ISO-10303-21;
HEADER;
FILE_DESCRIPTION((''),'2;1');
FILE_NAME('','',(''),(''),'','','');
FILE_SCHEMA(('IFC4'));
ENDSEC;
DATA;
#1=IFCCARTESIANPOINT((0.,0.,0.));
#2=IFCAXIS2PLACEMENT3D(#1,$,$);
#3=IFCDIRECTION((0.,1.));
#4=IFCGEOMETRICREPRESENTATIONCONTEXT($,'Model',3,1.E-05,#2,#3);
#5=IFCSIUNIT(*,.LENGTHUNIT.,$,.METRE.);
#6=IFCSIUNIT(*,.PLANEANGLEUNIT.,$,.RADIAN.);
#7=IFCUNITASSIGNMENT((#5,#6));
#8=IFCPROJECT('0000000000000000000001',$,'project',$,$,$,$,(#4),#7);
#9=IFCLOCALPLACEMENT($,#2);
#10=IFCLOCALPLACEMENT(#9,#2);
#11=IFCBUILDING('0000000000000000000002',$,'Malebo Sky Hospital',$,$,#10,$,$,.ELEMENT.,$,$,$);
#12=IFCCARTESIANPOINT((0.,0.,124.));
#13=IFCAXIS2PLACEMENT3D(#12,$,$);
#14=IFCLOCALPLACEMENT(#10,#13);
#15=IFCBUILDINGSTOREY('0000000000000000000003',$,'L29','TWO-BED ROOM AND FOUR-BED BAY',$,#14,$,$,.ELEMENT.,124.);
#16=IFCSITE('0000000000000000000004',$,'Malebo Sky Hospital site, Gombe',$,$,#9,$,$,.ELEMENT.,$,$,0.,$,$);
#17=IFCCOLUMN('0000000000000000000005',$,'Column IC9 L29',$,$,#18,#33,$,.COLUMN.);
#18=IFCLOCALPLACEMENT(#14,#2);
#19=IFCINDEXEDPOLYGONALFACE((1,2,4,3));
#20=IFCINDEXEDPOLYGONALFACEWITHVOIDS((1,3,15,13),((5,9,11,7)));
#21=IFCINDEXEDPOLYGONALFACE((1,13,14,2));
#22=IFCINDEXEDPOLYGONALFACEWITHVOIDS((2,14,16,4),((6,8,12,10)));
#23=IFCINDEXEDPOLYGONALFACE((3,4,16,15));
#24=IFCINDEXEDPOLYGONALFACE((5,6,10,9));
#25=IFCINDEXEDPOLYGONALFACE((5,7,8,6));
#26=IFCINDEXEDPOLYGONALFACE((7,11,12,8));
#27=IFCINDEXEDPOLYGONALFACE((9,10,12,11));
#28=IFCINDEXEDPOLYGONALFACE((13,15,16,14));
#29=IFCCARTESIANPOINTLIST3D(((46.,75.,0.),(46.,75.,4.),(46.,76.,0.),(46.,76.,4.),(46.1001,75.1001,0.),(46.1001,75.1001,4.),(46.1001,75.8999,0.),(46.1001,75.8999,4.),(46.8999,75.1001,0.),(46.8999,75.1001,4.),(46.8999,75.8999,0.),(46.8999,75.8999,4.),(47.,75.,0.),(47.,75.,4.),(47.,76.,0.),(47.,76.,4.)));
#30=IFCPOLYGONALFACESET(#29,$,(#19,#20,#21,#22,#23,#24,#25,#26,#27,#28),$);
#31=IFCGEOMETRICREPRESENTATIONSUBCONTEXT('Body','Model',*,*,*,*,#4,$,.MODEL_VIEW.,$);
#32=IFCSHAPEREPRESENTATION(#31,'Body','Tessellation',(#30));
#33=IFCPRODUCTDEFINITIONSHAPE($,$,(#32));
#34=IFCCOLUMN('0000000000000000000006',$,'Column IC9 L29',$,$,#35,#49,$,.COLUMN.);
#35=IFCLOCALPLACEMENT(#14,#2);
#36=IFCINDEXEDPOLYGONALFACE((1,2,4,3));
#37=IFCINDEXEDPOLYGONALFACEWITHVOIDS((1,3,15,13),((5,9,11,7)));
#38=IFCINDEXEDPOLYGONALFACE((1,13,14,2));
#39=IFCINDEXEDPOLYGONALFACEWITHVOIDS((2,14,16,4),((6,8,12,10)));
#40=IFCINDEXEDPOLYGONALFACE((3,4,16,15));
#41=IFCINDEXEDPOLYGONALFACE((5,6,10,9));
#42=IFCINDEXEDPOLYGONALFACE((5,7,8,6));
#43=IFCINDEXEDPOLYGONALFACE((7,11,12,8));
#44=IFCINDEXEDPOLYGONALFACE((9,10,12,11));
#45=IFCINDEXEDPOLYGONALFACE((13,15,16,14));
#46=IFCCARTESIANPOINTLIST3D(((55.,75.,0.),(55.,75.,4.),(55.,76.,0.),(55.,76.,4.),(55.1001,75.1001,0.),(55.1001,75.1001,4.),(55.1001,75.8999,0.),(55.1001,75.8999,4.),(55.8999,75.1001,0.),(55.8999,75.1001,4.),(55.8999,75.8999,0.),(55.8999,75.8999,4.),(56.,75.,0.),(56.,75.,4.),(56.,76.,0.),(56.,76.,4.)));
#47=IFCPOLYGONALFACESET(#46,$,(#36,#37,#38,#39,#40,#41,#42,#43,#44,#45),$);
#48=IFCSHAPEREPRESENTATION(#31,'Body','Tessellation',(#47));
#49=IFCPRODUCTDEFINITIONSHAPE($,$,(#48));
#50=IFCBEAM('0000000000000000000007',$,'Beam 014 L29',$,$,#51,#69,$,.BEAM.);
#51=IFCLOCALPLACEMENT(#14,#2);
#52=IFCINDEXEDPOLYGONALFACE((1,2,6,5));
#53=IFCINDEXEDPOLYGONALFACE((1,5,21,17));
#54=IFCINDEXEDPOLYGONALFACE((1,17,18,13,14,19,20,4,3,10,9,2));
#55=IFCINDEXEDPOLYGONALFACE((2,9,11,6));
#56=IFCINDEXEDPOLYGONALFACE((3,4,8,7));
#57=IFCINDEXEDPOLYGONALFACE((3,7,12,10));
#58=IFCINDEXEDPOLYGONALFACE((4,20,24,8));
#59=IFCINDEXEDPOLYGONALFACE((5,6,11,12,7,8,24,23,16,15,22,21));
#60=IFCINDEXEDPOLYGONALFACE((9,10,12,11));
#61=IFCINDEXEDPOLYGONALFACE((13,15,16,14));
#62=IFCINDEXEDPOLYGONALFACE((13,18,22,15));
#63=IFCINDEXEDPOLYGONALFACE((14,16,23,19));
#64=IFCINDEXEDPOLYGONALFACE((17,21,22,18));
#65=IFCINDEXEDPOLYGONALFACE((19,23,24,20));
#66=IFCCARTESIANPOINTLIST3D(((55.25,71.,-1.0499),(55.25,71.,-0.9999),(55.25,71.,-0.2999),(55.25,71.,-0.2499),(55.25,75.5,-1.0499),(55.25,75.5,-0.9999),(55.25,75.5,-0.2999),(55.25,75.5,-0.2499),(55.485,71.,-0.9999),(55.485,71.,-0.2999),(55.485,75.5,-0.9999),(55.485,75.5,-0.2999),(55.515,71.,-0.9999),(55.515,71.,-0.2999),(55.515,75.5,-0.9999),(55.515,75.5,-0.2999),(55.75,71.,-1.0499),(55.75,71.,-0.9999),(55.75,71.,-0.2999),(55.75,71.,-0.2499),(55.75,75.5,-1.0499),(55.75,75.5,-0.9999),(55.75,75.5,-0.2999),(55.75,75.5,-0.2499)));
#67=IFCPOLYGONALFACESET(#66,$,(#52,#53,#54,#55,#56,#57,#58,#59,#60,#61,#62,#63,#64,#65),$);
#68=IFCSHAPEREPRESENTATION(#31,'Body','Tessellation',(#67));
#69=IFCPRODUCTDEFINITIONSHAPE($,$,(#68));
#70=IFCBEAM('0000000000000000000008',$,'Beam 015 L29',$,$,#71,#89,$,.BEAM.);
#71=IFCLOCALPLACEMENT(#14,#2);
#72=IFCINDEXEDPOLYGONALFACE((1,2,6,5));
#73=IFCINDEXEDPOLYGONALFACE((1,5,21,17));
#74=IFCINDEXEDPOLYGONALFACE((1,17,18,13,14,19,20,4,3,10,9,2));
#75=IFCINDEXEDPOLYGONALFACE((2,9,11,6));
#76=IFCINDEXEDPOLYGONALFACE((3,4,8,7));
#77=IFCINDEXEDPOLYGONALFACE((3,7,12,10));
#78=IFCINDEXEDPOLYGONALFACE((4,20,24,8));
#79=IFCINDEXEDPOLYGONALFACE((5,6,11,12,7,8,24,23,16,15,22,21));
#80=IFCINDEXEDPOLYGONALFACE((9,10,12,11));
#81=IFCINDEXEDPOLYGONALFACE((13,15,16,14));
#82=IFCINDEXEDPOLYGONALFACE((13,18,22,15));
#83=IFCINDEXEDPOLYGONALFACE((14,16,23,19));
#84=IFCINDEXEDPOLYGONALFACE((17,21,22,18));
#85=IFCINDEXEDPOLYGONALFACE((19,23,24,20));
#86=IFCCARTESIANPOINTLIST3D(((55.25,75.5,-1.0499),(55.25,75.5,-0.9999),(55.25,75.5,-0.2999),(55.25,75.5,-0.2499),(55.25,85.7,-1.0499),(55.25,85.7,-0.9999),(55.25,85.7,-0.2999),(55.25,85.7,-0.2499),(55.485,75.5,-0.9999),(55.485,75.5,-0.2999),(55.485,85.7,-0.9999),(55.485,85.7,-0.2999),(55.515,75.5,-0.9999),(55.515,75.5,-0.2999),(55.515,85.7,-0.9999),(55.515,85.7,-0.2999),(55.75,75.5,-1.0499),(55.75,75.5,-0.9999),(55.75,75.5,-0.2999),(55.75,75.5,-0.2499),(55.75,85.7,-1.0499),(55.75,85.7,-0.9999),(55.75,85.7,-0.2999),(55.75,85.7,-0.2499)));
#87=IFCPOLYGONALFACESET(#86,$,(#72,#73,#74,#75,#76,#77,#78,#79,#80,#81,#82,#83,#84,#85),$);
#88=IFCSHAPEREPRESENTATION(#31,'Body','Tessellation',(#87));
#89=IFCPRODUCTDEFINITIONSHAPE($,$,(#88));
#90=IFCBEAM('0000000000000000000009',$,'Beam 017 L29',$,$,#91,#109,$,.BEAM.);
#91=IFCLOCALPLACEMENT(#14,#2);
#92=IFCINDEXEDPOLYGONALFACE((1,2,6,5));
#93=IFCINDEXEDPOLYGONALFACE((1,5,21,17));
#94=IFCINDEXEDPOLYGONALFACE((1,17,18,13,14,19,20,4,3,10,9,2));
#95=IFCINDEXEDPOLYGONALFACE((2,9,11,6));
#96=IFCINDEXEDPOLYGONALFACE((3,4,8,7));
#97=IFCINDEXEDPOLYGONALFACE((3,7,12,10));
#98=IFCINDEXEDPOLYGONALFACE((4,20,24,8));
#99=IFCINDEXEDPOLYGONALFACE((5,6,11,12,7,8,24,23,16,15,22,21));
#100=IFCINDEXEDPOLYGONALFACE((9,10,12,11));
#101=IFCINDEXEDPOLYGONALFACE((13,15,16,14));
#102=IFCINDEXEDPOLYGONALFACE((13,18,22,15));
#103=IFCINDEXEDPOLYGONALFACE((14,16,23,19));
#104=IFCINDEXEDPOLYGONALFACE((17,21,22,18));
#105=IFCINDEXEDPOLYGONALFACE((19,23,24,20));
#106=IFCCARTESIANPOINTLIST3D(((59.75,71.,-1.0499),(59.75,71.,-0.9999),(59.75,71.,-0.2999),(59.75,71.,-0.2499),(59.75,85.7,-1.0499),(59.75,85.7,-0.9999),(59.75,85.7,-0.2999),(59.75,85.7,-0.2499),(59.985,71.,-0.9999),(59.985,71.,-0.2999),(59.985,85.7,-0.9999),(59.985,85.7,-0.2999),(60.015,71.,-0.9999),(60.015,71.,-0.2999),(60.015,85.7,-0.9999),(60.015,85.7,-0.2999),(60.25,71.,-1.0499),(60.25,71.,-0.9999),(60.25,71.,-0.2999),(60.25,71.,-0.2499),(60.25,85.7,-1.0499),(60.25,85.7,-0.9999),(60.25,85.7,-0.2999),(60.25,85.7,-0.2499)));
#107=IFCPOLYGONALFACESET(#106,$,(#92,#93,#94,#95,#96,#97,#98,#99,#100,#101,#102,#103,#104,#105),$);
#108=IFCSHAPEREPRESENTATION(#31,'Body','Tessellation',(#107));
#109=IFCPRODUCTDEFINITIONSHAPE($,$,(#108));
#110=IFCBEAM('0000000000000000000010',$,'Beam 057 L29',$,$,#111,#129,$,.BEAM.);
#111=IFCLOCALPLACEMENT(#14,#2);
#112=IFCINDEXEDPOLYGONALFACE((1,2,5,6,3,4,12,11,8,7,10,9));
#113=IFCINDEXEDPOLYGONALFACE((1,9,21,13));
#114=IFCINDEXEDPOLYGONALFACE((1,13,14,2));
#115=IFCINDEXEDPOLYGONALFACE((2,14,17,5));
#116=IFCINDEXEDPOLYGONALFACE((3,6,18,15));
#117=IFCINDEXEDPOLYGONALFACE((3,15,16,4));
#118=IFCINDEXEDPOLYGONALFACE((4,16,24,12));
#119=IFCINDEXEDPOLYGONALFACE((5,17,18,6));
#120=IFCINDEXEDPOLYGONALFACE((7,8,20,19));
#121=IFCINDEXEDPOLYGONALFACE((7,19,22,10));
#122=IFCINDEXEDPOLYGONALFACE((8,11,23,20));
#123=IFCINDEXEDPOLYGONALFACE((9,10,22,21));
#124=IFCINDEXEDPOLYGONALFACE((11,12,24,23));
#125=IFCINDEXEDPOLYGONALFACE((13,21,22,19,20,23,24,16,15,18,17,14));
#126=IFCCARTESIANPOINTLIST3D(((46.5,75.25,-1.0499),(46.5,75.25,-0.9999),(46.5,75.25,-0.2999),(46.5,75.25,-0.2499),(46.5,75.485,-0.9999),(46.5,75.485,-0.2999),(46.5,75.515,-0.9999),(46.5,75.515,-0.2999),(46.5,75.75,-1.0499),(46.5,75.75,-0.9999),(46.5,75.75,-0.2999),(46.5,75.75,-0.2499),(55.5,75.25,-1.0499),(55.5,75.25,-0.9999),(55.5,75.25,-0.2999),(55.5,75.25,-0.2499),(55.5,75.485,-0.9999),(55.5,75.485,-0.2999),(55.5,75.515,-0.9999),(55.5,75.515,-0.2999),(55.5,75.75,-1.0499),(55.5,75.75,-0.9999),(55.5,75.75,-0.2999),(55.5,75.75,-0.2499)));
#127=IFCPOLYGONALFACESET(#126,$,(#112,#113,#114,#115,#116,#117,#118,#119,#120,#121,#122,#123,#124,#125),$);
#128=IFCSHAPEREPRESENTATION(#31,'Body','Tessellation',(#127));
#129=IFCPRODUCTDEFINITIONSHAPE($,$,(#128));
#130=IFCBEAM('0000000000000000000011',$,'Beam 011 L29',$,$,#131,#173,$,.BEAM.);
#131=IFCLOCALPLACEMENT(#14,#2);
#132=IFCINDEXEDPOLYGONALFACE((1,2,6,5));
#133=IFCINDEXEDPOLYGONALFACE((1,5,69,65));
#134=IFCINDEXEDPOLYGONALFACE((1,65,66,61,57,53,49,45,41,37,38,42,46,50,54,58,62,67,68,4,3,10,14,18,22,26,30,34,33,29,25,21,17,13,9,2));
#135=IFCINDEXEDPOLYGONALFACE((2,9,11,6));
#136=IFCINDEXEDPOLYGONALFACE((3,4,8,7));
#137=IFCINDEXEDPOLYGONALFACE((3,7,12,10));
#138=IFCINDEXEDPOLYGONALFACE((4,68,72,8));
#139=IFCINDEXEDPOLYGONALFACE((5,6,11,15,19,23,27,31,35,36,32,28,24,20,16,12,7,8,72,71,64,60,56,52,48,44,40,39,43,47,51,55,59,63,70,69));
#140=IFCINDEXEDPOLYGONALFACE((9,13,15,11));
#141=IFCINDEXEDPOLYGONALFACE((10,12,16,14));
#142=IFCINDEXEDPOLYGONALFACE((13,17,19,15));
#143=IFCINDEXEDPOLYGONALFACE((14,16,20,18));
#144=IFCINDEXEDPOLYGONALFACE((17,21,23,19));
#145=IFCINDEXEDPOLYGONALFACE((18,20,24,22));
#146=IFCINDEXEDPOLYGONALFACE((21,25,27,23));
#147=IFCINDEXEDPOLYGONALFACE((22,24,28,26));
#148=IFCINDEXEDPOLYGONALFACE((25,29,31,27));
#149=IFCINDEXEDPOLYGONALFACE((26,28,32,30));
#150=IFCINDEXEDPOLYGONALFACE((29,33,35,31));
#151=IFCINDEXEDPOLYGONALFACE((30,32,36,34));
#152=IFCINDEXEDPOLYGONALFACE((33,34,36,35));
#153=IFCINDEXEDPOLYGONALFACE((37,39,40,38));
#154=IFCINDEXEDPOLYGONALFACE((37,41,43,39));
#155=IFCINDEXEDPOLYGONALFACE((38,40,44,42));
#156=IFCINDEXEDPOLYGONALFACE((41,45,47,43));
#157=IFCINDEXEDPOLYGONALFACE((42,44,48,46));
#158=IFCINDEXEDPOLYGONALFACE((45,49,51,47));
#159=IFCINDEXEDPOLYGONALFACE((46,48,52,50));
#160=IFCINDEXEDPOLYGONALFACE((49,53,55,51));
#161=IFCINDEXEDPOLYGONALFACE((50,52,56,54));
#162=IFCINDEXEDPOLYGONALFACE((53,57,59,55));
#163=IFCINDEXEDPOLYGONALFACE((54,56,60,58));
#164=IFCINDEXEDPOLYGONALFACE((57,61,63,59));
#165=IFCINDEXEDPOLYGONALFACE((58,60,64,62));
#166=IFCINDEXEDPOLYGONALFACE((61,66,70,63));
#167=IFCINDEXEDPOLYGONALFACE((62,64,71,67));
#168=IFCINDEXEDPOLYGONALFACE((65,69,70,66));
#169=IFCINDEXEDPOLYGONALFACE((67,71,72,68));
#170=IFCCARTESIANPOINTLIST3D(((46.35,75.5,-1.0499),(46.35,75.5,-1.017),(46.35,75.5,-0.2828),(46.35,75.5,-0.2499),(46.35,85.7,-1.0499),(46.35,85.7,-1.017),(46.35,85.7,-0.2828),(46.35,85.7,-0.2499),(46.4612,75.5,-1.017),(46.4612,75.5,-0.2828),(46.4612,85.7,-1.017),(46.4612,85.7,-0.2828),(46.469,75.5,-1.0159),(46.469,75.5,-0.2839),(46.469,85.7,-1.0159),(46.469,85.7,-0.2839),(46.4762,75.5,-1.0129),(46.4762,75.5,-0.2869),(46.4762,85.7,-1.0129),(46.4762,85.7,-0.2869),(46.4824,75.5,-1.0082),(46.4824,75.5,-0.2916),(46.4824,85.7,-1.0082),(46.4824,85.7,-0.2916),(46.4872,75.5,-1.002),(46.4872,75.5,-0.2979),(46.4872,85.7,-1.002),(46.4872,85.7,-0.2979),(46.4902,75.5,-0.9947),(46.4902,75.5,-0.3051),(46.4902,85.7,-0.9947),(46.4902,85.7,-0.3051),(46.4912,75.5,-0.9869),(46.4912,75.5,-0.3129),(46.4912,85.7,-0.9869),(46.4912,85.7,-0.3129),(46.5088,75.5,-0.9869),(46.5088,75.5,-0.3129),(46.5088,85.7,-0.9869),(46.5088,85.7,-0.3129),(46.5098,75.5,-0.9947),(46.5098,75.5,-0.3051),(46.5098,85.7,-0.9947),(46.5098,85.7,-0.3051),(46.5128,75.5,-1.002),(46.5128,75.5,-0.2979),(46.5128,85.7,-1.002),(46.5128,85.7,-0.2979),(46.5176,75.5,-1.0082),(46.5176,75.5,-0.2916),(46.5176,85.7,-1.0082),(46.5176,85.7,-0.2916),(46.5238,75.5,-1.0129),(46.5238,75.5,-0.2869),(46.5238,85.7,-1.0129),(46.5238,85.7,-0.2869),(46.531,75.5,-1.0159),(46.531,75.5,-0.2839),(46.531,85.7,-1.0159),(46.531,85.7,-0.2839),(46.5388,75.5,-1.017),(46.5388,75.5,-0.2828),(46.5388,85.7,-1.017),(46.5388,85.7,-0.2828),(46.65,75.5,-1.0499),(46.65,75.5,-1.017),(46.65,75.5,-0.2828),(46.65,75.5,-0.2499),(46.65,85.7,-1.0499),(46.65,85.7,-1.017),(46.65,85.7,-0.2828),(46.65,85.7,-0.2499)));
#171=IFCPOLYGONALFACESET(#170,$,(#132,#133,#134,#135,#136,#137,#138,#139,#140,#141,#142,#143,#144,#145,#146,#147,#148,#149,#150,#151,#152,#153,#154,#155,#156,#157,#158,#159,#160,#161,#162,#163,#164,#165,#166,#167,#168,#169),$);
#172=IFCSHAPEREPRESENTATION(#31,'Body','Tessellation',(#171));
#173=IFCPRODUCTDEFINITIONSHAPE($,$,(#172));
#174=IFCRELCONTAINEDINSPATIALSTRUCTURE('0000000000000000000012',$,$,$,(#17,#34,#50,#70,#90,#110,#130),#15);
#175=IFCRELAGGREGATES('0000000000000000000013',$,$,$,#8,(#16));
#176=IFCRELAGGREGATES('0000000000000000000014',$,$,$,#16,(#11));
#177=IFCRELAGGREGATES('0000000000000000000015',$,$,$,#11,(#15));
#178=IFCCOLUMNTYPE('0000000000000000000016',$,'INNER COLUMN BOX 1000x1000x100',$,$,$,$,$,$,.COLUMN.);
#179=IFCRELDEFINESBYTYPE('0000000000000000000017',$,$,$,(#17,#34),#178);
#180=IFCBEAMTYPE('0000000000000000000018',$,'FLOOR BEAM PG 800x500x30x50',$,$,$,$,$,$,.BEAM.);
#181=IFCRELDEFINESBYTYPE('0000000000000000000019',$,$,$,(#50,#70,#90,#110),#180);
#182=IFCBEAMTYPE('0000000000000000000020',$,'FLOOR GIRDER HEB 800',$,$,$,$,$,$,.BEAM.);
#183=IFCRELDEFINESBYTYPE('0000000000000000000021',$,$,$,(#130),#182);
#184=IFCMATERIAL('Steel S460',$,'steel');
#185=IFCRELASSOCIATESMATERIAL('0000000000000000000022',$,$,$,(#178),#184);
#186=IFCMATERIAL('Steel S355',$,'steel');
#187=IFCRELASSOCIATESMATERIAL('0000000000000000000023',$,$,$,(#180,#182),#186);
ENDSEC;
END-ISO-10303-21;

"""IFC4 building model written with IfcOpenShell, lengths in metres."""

from ifc_helpers import new_model, si_unit, direction, frame, origin, origin_2d, place, context, subcontext, project, spatial, hollow_rectangle, i_section, extrude, material, material_profile, profile_set, type_object, element, save


model = new_model("IFC4")

# Units and contexts
model_context = context("Model", 3, precision=1e-05, world=origin(), true_north=direction((0.0, 1.0)))
body_context = subcontext(model_context, "Body", "Model", "MODEL_VIEW")
ifc_project = project(units=[si_unit("LENGTHUNIT", "METRE"), si_unit("PLANEANGLEUNIT", "RADIAN")], contexts=[model_context])

# Site, building, storey
site_placement = place(None, origin())
site = spatial("IfcSite", under=ifc_project, at=site_placement, Name="Malebo Sky Hospital site, Gombe", CompositionType="ELEMENT", RefElevation=0.0)
building_placement = place(site_placement, origin())
building = spatial("IfcBuilding", under=site, at=building_placement, Name="Malebo Sky Hospital", CompositionType="ELEMENT")
storey_placement = place(building_placement, frame((0.0, 0.0, 124.0)))
storey = spatial("IfcBuildingStorey", under=building, at=storey_placement, Name="L29", Description="TWO-BED ROOM AND FOUR-BED BAY", CompositionType="ELEMENT", Elevation=124.0)

# Columns
ifc_material_1 = material(Name="Steel S460", Category="steel")
ifc_material_profile_1 = material_profile(ifc_material_1, hollow_rectangle(XDim=1.0, YDim=1.0, WallThickness=0.1001, at=origin_2d()), Name="BOX 1000x1000x100")
ifc_profile_set_1 = profile_set([ifc_material_profile_1], Name="Steel S460")
column_type = type_object("IfcColumnType", Name="INNER COLUMN BOX 1000x1000x100", PredefinedType="COLUMN", material=ifc_profile_set_1)
for number, where, z_axis, x_axis, name in (
    (1, (46.5, 75.5, 0.0), (0.0, 0.0, 1.0), (1.0, 0.0, 0.0), "Column IC9 L29"),
    (2, (55.5, 75.5, 0.0), (0.0, 0.0, 1.0), (1.0, 0.0, 0.0), "Column IC9 L29"),
):
    element("IfcColumn", number, at=place(storey_placement, frame(where, z_axis=z_axis, x_axis=x_axis)), inside=storey, type_object=column_type, Name=name, PredefinedType="COLUMN", context=body_context, shape_type="SweptSolid", body=[
        extrude(hollow_rectangle(XDim=1.0, YDim=1.0, WallThickness=0.1001, at=origin_2d()), origin(), (0.0, 0.0, 1.0), 4.0),
    ])

# Beams
ifc_material_2 = material(Name="Steel S355", Category="steel")
ifc_material_profile_2 = material_profile(ifc_material_2, i_section(OverallWidth=0.5, OverallDepth=0.8, WebThickness=0.03, FlangeThickness=0.05, at=origin_2d()), Name="PG 800x500x30x50")
ifc_profile_set_2 = profile_set([ifc_material_profile_2], Name="Steel S355")
beam_type_1 = type_object("IfcBeamType", Name="FLOOR BEAM PG 800x500x30x50", PredefinedType="BEAM", material=ifc_profile_set_2)
beam_1_placement = place(storey_placement, frame((55.5, 71.0, -0.6499), z_axis=(0.0, 1.0, 0.0), x_axis=(-1.0, 0.0, 0.0)))
element("IfcBeam", 3, at=beam_1_placement, inside=storey, type_object=beam_type_1, Name="Beam 014 L29", PredefinedType="BEAM", context=body_context, shape_type="SweptSolid", body=[
    extrude(i_section(OverallWidth=0.5, OverallDepth=0.8, WebThickness=0.03, FlangeThickness=0.05, at=origin_2d()), origin(), (0.0, 0.0, 1.0), 4.5),
])
beam_2_placement = place(storey_placement, frame((55.5, 75.5, -0.6499), z_axis=(0.0, 1.0, 0.0), x_axis=(-1.0, 0.0, 0.0)))
element("IfcBeam", 4, at=beam_2_placement, inside=storey, type_object=beam_type_1, Name="Beam 015 L29", PredefinedType="BEAM", context=body_context, shape_type="SweptSolid", body=[
    extrude(i_section(OverallWidth=0.5, OverallDepth=0.8, WebThickness=0.03, FlangeThickness=0.05, at=origin_2d()), origin(), (0.0, 0.0, 1.0), 10.2),
])
beam_3_placement = place(storey_placement, frame((60.0, 71.0, -0.6499), z_axis=(0.0, 1.0, 0.0), x_axis=(-1.0, 0.0, 0.0)))
element("IfcBeam", 5, at=beam_3_placement, inside=storey, type_object=beam_type_1, Name="Beam 017 L29", PredefinedType="BEAM", context=body_context, shape_type="SweptSolid", body=[
    extrude(i_section(OverallWidth=0.5, OverallDepth=0.8, WebThickness=0.03, FlangeThickness=0.05, at=origin_2d()), origin(), (0.0, 0.0, 1.0), 14.7),
])
beam_4_placement = place(storey_placement, frame((46.5, 75.5, -0.6499), z_axis=(1.0, 0.0, 0.0), x_axis=(0.0, 1.0, 0.0)))
element("IfcBeam", 6, at=beam_4_placement, inside=storey, type_object=beam_type_1, Name="Beam 057 L29", PredefinedType="BEAM", context=body_context, shape_type="SweptSolid", body=[
    extrude(i_section(OverallWidth=0.5, OverallDepth=0.8, WebThickness=0.03, FlangeThickness=0.05, at=origin_2d()), origin(), (0.0, 0.0, 1.0), 9.0),
])
ifc_material_profile_3 = material_profile(ifc_material_2, i_section(OverallWidth=0.3, OverallDepth=0.8, WebThickness=0.0176, FlangeThickness=0.033, FilletRadius=0.03, at=origin_2d()), Name="HEB 800")
ifc_profile_set_3 = profile_set([ifc_material_profile_3], Name="Steel S355")
beam_type_2 = type_object("IfcBeamType", Name="FLOOR GIRDER HEB 800", PredefinedType="BEAM", material=ifc_profile_set_3)
beam_5_placement = place(storey_placement, frame((46.5, 75.5, -0.6499), z_axis=(0.0, 1.0, 0.0), x_axis=(-1.0, 0.0, 0.0)))
element("IfcBeam", 7, at=beam_5_placement, inside=storey, type_object=beam_type_2, Name="Beam 011 L29", PredefinedType="BEAM", context=body_context, shape_type="SweptSolid", body=[
    extrude(i_section(OverallWidth=0.3, OverallDepth=0.8, WebThickness=0.0176, FlangeThickness=0.033, FilletRadius=0.03, at=origin_2d()), origin(), (0.0, 0.0, 1.0), 10.2),
])

save(model, "model.ifc")
